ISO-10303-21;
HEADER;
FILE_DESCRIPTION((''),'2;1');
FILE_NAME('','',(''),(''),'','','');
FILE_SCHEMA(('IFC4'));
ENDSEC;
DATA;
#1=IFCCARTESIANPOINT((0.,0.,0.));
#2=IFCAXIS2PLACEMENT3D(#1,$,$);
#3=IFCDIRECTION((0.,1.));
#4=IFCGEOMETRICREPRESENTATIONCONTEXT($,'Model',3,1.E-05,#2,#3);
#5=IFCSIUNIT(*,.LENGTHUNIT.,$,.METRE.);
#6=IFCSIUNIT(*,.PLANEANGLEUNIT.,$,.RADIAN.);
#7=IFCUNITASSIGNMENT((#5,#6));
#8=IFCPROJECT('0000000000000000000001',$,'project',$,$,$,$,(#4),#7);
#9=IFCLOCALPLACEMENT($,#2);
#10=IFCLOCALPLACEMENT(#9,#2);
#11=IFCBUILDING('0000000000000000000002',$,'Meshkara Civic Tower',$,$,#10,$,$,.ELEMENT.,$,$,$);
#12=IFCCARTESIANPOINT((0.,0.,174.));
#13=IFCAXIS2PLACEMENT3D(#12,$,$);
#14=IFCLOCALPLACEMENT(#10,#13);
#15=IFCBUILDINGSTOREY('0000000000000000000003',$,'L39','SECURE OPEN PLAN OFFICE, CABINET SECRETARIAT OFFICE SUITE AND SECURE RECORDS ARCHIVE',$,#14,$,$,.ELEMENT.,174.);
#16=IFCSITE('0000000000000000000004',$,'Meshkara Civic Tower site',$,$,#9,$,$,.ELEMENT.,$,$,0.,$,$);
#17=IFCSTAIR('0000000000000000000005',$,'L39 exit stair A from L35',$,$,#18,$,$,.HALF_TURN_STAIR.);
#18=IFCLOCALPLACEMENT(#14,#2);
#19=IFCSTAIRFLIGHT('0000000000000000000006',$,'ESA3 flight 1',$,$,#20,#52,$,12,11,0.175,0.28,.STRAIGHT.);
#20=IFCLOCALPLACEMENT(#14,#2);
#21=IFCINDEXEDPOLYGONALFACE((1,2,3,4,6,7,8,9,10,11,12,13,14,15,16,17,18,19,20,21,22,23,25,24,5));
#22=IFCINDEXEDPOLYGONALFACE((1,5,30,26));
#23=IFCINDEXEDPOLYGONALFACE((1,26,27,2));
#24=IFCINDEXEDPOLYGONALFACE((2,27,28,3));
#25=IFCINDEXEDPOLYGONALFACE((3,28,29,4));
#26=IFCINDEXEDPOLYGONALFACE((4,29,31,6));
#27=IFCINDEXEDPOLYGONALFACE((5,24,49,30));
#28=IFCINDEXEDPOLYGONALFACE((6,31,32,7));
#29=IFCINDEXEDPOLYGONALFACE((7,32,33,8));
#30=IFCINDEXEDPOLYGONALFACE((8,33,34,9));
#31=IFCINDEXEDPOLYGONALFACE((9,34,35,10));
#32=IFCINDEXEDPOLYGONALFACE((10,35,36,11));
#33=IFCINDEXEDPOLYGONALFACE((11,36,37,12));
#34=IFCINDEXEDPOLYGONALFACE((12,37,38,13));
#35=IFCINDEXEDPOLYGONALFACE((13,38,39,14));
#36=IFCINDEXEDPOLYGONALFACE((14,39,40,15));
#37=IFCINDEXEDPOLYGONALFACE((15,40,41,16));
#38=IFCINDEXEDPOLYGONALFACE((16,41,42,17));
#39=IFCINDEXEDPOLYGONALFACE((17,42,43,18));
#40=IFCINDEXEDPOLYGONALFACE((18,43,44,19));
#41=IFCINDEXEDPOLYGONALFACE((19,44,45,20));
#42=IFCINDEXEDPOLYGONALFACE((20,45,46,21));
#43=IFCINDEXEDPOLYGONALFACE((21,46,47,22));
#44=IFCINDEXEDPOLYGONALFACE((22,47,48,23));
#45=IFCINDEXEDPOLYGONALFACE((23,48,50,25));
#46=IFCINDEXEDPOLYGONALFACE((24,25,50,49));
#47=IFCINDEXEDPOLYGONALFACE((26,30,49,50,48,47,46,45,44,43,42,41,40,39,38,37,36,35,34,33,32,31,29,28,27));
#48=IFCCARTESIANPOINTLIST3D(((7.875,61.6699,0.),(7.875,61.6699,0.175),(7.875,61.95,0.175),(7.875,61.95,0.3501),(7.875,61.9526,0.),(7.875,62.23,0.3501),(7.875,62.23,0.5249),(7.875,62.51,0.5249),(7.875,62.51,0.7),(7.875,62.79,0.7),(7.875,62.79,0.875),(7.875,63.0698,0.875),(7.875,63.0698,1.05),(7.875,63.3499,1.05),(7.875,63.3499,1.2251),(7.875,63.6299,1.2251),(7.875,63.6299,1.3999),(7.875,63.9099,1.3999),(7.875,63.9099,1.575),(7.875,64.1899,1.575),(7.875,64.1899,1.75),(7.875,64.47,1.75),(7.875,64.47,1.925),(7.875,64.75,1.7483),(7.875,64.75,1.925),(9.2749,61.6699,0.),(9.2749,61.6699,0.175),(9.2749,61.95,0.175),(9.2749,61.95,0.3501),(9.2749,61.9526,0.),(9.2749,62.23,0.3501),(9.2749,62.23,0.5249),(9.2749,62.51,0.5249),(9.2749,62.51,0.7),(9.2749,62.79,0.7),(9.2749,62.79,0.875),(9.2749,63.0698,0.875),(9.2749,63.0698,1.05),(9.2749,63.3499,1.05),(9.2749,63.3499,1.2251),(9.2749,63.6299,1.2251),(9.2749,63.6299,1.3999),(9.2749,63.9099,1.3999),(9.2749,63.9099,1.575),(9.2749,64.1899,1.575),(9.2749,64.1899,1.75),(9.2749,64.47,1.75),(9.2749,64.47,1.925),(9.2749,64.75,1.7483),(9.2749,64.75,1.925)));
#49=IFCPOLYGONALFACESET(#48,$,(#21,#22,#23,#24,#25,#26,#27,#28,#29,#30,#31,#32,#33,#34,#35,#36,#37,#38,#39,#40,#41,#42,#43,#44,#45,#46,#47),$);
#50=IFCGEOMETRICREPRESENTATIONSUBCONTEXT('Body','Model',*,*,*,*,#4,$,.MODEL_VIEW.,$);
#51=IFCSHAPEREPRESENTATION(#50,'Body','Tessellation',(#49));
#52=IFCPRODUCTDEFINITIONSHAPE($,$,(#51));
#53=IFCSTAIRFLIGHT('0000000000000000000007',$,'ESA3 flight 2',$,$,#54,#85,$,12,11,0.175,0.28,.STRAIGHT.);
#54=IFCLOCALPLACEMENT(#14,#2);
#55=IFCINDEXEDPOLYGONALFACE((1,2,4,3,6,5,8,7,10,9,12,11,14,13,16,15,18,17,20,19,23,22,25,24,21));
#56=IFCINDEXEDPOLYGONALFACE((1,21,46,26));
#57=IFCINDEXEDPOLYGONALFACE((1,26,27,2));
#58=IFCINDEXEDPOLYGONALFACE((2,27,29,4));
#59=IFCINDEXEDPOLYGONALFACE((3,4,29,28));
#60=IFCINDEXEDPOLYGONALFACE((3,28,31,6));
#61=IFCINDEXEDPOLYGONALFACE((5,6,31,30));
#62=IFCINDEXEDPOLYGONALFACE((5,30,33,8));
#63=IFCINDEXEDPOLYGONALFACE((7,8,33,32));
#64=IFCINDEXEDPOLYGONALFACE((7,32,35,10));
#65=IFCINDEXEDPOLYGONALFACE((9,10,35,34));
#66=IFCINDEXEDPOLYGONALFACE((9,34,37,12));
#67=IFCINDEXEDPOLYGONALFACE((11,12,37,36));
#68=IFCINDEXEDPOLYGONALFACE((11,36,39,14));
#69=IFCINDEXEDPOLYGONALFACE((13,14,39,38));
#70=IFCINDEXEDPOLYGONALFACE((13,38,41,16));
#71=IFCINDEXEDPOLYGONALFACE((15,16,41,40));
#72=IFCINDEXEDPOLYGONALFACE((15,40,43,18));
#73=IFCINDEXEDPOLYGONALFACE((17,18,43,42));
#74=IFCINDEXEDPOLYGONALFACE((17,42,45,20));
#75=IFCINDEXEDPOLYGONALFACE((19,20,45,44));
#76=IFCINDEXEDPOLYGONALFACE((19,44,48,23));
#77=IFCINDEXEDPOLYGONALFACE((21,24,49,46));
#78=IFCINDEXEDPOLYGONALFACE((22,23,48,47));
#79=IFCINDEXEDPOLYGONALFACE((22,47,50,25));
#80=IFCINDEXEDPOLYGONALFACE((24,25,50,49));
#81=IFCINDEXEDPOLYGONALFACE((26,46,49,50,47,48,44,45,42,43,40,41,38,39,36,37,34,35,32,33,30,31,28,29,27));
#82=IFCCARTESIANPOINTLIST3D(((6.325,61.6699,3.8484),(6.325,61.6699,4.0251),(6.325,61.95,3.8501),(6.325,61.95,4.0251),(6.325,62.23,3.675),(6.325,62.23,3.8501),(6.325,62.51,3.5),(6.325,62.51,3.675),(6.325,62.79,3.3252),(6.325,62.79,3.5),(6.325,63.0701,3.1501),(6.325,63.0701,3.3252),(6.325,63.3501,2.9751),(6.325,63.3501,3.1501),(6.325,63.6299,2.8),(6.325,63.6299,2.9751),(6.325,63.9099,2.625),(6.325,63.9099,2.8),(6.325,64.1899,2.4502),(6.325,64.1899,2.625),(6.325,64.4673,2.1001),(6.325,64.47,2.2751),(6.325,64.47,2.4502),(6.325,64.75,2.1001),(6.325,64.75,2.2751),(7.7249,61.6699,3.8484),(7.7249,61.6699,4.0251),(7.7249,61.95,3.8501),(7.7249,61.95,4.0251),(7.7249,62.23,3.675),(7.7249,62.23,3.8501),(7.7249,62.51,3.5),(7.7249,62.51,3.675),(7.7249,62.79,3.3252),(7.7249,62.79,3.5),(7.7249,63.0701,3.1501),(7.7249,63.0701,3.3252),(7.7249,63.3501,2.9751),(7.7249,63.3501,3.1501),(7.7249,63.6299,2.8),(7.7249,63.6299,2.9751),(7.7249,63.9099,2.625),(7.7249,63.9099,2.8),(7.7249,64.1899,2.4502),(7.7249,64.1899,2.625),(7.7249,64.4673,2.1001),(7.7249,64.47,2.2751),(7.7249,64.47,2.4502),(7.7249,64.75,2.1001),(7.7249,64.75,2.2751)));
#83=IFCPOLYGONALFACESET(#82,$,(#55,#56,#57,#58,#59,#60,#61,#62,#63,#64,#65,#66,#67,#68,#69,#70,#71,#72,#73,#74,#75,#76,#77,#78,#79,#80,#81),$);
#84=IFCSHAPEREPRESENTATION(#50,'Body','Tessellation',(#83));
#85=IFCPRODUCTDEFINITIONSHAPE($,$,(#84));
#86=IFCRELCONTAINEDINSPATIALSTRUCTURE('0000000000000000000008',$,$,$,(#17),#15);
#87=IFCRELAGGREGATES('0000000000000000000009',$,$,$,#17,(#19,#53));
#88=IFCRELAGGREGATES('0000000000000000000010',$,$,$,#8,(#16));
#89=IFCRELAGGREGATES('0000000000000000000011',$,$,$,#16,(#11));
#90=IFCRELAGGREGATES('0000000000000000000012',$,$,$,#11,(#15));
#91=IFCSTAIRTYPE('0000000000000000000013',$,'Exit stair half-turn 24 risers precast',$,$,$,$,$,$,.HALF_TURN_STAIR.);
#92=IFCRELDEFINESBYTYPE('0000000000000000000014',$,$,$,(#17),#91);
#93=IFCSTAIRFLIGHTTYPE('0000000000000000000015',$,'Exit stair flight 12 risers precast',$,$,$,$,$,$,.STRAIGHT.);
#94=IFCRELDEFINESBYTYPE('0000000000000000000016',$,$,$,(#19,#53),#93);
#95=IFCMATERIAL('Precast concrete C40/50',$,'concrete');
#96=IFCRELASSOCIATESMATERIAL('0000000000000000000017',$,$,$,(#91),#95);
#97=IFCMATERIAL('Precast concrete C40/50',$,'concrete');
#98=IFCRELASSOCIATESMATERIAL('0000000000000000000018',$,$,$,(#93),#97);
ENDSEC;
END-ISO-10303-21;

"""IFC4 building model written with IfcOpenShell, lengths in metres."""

from ifc_helpers import new_model, si_unit, direction, frame, origin, place, context, subcontext, project, spatial, polyline, outline, extrude, material, type_object, element, aggregate, save


model = new_model("IFC4")

# Units and contexts
model_context = context("Model", 3, precision=1e-05, world=origin(), true_north=direction((0.0, 1.0)))
body_context = subcontext(model_context, "Body", "Model", "MODEL_VIEW")
ifc_project = project(units=[si_unit("LENGTHUNIT", "METRE"), si_unit("PLANEANGLEUNIT", "RADIAN")], contexts=[model_context])

# Site, building, storey
site_placement = place(None, origin())
site = spatial("IfcSite", under=ifc_project, at=site_placement, Name="Meshkara Civic Tower site", CompositionType="ELEMENT", RefElevation=0.0)
building_placement = place(site_placement, origin())
building = spatial("IfcBuilding", under=site, at=building_placement, Name="Meshkara Civic Tower", CompositionType="ELEMENT")
storey_placement = place(building_placement, frame((0.0, 0.0, 174.0)))
storey = spatial("IfcBuildingStorey", under=building, at=storey_placement, Name="L39", Description="SECURE OPEN PLAN OFFICE, CABINET SECRETARIAT OFFICE SUITE AND SECURE RECORDS ARCHIVE", CompositionType="ELEMENT", Elevation=174.0)

# Stair, stair flights
ifc_material_1 = material(Name="Precast concrete C40/50", Category="concrete")
stair_type = type_object("IfcStairType", Name="Exit stair half-turn 24 risers precast", PredefinedType="HALF_TURN_STAIR", material=ifc_material_1)
stair_placement = place(storey_placement, origin())
stair = element("IfcStair", 1, at=stair_placement, inside=storey, type_object=stair_type, Name="L39 exit stair A from L35", PredefinedType="HALF_TURN_STAIR")
ifc_material_2 = material(Name="Precast concrete C40/50", Category="concrete")
stair_flight_type = type_object("IfcStairFlightType", Name="Exit stair flight 12 risers precast", PredefinedType="STRAIGHT", material=ifc_material_2)
stair_flight_1_placement = place(storey_placement, frame((8.575, 61.6699, 0.0), z_axis=(0.0, 0.0, 1.0), x_axis=(0.0, 1.0, 0.0)))
stair_flight_1 = element("IfcStairFlight", 2, at=stair_flight_1_placement, type_object=stair_flight_type, Name="ESA3 flight 1", NumberOfRisers=12, NumberOfTreads=11, PredefinedType="STRAIGHT", RiserHeight=0.175, TreadLength=0.28, context=body_context, shape_type="SweptSolid", body=[
    extrude(outline(polyline([(0.0, 0.0), (0.0, 0.175), (0.28, 0.175), (0.28, 0.3501), (0.5601, 0.3501), (0.5601, 0.5249), (0.8401, 0.5249), (0.8401, 0.7), (1.1201, 0.7), (1.1201, 0.875), (1.3999, 0.875), (1.3999, 1.05), (1.6799, 1.05), (1.6799, 1.2251), (1.96, 1.2251), (1.96, 1.3999), (2.24, 1.3999), (2.24, 1.575), (2.52, 1.575), (2.52, 1.75), (2.8, 1.75), (2.8, 1.925), (3.0801, 1.925), (3.0801, 2.1001), (3.0801, 1.7483), (0.2827, 0.0), (0.0, 0.0)])), frame((0.0, 0.7, 0.0), z_axis=(0.0, -1.0, 0.0), x_axis=(1.0, 0.0, 0.0)), (0.0, 0.0, 1.0), 1.3999),
])
stair_flight_2_placement = place(storey_placement, frame((7.0249, 64.75, 2.1001), z_axis=(0.0, 0.0, 1.0), x_axis=(0.0, -1.0, 0.0)))
stair_flight_2 = element("IfcStairFlight", 3, at=stair_flight_2_placement, type_object=stair_flight_type, Name="ESA3 flight 2", NumberOfRisers=12, NumberOfTreads=11, PredefinedType="STRAIGHT", RiserHeight=0.175, TreadLength=0.28, context=body_context, shape_type="SweptSolid", body=[
    extrude(outline(polyline([(0.0, 0.0), (0.0, 0.175), (0.28, 0.175), (0.28, 0.3501), (0.5601, 0.3501), (0.5601, 0.5249), (0.8401, 0.5249), (0.8401, 0.7), (1.1201, 0.7), (1.1201, 0.875), (1.3999, 0.875), (1.3999, 1.05), (1.6799, 1.05), (1.6799, 1.2251), (1.96, 1.2251), (1.96, 1.3999), (2.24, 1.3999), (2.24, 1.575), (2.52, 1.575), (2.52, 1.75), (2.8, 1.75), (2.8, 1.925), (3.0801, 1.925), (3.0801, 2.1001), (3.0801, 1.7483), (0.2827, 0.0), (0.0, 0.0)])), frame((0.0, 0.7, 0.0), z_axis=(0.0, -1.0, 0.0), x_axis=(1.0, 0.0, 0.0)), (0.0, 0.0, 1.0), 1.3999),
])
aggregate(stair, [stair_flight_1, stair_flight_2])

save(model, "model.ifc")
